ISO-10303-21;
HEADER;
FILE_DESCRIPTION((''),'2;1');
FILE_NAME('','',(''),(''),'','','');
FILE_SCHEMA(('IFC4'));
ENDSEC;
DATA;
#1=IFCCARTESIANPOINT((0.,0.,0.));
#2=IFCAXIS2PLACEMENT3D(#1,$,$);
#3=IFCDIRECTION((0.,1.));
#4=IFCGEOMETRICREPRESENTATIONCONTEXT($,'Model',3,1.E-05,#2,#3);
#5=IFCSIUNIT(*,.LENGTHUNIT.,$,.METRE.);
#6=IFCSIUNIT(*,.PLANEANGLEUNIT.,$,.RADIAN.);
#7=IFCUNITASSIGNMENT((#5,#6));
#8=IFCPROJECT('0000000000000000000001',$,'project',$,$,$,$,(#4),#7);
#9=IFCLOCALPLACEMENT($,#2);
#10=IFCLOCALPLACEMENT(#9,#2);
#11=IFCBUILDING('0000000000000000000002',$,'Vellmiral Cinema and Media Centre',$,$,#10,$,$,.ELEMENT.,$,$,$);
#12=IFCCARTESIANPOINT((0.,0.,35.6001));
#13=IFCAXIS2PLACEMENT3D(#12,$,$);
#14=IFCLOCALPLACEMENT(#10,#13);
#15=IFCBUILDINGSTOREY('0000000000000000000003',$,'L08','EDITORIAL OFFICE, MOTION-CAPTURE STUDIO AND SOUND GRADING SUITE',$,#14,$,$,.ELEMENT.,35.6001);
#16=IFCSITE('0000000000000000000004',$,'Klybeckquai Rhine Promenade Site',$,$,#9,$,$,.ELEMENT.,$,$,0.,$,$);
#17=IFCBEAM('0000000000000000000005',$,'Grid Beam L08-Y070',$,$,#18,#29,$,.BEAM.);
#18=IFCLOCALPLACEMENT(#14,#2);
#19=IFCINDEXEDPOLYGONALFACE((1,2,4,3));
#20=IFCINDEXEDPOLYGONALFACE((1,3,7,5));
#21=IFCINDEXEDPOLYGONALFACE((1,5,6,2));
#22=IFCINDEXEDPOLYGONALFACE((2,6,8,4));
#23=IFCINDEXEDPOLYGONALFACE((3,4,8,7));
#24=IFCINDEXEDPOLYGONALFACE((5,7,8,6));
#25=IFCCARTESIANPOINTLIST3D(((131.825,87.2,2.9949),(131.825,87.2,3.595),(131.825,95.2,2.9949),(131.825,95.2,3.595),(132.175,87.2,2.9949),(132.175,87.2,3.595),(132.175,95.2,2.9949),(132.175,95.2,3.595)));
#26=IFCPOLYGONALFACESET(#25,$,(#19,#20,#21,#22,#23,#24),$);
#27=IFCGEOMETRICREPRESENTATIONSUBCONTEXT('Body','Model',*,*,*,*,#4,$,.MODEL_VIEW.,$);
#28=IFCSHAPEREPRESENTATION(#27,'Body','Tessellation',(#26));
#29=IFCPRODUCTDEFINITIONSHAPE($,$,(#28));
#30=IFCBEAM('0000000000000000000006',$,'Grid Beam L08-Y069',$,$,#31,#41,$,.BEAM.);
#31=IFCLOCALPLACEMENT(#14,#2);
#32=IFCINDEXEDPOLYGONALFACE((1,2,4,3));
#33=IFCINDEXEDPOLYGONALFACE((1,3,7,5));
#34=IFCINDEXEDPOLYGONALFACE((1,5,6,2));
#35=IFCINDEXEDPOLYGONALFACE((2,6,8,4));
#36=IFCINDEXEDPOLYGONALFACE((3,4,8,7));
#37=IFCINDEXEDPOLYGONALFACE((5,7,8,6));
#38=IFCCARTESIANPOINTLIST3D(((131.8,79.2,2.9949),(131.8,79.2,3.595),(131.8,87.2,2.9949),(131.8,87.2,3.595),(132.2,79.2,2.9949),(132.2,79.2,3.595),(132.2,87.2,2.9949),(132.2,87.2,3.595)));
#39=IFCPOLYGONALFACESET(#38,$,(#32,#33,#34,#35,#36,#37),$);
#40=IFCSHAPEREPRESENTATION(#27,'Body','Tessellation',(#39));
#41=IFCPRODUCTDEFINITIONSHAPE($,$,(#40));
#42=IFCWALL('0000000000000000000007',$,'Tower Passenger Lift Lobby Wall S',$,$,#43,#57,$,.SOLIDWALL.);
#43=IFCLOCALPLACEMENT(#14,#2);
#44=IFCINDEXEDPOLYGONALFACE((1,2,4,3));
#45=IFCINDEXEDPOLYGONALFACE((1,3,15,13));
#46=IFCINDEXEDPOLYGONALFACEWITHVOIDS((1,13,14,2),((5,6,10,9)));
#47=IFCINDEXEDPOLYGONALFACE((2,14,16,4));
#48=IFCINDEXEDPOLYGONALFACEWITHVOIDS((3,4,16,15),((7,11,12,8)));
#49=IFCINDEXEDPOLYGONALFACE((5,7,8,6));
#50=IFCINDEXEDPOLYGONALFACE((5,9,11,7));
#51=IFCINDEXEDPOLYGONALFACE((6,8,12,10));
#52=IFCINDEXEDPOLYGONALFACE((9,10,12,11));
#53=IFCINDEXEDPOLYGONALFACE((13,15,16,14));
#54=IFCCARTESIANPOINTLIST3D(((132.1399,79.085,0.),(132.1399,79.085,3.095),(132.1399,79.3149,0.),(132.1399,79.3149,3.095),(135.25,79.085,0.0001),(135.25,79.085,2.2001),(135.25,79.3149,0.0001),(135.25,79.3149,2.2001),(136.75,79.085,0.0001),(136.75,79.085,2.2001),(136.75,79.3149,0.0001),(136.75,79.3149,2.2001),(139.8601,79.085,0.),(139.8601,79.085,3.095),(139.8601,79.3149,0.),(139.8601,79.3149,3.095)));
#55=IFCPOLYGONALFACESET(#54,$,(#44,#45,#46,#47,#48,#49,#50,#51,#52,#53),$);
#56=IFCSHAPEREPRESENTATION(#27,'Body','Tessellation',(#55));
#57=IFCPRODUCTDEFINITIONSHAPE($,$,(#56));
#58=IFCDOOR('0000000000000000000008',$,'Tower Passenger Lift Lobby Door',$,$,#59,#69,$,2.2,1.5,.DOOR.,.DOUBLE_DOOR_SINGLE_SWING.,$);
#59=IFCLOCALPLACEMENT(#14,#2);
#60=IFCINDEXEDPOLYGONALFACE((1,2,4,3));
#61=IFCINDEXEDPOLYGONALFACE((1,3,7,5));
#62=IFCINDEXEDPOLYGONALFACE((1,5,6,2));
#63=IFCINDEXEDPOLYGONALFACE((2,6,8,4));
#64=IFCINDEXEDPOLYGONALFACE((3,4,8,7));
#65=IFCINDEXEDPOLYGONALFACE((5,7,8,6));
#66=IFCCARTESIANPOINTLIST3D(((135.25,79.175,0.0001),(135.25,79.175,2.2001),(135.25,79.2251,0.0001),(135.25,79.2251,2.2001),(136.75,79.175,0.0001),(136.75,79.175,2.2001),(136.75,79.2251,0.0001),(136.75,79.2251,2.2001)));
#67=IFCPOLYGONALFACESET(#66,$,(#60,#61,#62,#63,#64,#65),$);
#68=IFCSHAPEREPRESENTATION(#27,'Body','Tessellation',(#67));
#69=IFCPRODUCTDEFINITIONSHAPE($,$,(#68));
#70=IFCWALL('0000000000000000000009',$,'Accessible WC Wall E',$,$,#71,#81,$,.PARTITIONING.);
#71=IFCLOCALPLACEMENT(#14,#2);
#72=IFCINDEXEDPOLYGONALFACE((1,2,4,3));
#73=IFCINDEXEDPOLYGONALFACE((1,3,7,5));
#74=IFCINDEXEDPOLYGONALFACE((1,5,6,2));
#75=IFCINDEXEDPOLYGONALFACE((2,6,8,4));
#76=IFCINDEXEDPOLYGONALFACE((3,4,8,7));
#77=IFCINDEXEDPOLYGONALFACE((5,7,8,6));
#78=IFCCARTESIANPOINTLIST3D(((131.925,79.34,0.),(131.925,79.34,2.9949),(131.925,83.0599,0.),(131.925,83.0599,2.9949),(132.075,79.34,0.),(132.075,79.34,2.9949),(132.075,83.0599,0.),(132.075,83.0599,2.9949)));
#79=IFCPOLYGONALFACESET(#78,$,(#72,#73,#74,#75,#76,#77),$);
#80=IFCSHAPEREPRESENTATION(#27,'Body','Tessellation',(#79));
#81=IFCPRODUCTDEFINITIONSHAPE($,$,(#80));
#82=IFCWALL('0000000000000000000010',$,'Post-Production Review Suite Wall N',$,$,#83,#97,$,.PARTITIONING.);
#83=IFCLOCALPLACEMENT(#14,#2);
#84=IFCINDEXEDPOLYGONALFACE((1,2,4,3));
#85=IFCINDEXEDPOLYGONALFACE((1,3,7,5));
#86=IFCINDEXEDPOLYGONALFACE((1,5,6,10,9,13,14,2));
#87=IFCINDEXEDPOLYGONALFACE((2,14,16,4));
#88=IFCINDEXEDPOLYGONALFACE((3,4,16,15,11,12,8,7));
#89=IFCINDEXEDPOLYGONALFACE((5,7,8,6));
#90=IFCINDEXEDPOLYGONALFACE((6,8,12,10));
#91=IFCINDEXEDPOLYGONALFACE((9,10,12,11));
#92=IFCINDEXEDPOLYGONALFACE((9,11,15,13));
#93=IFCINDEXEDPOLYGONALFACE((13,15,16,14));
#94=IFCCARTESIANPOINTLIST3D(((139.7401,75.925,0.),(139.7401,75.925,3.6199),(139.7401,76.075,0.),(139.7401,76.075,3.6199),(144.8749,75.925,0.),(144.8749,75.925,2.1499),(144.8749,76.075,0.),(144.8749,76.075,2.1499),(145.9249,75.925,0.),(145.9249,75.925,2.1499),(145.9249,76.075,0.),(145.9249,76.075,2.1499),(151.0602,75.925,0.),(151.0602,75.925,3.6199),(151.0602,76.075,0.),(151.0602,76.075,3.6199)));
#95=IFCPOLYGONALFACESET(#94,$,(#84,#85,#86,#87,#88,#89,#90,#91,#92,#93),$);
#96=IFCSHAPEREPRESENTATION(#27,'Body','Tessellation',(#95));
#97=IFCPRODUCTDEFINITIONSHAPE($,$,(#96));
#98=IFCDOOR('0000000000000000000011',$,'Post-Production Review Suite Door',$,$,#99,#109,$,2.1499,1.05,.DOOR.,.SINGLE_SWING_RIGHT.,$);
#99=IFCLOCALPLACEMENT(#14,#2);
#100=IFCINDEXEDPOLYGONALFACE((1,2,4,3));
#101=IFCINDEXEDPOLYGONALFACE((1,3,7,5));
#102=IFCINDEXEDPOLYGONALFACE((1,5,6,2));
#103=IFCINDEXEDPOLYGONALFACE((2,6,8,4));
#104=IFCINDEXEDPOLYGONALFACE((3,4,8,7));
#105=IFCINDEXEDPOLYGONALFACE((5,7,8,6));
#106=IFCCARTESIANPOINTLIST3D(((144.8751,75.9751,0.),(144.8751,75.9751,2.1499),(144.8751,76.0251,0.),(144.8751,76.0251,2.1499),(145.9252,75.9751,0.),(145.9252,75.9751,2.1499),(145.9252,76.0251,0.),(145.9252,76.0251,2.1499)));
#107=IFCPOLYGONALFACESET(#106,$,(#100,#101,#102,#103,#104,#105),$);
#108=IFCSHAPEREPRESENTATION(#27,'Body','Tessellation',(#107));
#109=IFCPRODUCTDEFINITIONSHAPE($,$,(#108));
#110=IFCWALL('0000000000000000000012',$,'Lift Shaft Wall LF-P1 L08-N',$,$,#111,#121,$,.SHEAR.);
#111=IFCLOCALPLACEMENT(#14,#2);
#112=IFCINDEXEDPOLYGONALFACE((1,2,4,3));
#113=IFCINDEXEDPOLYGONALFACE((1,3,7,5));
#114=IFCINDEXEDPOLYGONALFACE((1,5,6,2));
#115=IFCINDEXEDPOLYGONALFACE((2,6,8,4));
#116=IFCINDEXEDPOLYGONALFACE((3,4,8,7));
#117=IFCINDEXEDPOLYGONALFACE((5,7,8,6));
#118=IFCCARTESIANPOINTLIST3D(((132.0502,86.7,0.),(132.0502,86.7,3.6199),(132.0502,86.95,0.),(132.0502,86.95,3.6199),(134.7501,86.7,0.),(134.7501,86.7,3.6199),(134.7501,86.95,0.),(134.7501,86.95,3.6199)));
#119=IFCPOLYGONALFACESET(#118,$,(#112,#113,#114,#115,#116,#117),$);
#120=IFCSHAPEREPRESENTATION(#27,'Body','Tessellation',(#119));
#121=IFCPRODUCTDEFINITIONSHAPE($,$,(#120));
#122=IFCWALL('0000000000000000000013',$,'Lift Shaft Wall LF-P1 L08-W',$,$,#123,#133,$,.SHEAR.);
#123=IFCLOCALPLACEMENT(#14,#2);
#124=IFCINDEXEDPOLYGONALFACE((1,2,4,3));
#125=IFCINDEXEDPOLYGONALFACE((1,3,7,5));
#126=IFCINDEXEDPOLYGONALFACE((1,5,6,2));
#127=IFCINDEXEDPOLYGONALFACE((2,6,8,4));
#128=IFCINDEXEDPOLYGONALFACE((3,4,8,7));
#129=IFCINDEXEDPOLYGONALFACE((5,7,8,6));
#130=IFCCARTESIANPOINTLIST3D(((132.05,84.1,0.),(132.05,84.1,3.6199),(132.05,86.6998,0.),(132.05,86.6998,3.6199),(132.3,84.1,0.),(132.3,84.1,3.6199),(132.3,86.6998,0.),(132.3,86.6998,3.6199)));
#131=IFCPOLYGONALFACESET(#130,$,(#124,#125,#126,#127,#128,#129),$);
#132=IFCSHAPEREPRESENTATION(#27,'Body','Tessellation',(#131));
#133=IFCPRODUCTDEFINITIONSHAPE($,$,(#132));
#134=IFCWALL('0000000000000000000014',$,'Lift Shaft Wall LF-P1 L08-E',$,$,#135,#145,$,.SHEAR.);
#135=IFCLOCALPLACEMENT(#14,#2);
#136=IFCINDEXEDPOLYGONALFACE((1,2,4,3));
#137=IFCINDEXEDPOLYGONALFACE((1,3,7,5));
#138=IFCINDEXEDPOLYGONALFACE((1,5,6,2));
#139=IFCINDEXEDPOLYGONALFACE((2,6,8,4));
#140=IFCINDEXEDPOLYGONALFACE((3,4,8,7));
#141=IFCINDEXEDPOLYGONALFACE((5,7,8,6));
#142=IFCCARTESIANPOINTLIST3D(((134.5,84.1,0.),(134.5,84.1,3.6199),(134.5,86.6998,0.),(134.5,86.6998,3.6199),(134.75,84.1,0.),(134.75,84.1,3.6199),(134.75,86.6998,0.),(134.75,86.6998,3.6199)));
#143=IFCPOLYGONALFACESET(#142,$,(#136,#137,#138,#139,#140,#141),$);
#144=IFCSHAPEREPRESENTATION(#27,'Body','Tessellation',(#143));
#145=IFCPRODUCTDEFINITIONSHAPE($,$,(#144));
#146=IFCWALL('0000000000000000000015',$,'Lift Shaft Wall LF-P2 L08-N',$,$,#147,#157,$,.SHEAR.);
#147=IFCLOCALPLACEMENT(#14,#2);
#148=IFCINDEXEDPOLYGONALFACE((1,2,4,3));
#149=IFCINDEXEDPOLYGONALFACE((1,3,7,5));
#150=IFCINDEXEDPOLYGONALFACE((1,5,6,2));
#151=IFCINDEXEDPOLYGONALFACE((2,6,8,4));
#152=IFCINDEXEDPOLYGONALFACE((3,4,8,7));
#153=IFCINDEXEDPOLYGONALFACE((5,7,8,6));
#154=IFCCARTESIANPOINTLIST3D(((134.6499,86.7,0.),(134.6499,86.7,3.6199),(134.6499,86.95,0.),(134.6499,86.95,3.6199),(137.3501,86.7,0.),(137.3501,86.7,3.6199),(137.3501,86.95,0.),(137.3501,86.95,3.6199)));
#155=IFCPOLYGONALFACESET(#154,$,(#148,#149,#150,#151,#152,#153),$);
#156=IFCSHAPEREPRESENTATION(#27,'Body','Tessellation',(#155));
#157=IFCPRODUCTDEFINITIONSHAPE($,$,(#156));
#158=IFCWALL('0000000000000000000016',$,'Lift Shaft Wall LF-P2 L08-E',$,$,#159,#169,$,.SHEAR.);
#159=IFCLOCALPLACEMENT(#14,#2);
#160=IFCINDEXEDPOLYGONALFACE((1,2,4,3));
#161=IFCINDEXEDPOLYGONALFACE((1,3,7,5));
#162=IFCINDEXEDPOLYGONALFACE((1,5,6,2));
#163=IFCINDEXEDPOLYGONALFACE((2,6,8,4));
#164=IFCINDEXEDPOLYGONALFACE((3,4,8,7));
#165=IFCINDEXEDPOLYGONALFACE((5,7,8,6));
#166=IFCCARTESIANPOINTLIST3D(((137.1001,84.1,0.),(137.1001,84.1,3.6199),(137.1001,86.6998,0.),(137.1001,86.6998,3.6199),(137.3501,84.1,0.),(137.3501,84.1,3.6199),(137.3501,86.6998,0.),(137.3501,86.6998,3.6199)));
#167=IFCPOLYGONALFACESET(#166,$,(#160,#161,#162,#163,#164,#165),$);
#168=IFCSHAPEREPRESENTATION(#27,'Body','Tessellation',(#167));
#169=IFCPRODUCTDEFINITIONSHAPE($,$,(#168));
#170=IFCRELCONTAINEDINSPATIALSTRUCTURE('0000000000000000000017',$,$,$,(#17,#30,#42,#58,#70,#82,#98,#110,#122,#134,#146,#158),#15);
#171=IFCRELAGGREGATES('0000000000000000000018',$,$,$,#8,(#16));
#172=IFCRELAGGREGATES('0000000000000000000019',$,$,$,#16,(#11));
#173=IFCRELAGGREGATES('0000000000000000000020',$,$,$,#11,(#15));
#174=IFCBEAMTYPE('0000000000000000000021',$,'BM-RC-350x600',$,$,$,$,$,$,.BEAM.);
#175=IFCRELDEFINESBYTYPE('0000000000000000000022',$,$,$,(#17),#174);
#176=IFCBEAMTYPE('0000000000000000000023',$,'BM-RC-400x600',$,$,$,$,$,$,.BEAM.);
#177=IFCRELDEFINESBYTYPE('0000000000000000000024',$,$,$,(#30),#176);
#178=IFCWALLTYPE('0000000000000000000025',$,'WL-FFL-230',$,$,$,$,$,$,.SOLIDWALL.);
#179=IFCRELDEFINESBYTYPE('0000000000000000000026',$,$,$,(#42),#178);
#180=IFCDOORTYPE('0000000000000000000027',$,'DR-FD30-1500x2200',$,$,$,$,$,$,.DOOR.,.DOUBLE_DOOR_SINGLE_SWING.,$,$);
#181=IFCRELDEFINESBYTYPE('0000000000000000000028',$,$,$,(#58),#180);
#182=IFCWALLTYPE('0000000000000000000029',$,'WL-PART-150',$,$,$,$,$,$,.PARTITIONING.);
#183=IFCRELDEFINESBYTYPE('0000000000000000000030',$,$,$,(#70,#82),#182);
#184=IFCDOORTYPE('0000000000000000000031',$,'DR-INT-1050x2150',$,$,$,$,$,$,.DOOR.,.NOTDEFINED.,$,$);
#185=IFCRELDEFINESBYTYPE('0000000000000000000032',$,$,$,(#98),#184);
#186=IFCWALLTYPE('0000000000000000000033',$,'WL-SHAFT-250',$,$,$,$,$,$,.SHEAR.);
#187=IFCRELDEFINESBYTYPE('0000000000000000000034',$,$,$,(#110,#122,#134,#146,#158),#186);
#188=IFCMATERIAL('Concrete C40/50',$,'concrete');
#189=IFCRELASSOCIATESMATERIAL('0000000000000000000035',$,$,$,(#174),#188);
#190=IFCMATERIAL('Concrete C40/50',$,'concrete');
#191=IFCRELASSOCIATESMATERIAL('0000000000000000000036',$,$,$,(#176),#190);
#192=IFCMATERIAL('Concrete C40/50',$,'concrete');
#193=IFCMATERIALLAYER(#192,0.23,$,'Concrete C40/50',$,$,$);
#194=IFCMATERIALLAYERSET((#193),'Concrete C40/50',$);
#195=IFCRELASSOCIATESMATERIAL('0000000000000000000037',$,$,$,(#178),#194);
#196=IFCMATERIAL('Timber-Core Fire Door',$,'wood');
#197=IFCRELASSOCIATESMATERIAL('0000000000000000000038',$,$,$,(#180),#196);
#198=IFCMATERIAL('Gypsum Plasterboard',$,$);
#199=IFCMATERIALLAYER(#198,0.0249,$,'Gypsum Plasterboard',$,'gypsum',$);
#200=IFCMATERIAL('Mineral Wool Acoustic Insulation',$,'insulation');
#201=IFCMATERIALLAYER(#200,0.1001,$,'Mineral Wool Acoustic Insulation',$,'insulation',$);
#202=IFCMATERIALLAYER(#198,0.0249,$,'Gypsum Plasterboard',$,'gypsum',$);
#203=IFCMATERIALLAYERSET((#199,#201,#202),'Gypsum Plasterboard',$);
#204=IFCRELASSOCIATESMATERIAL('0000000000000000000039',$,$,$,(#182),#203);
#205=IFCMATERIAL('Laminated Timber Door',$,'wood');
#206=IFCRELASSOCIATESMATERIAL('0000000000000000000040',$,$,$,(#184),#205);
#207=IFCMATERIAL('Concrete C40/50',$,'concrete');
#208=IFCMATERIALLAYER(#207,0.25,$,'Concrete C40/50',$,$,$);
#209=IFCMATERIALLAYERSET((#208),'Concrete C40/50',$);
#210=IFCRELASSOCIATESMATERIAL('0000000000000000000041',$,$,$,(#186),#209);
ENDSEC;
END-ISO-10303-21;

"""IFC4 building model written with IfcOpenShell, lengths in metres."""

from ifc_helpers import new_model, si_unit, direction, frame, frame_2d, origin, origin_2d, place, context, subcontext, project, spatial, rectangle, extrude, material, layer, layer_set, material_profile, profile_set, type_object, element, fill, save


model = new_model("IFC4")

# Units and contexts
model_context = context("Model", 3, precision=1e-05, world=origin(), true_north=direction((0.0, 1.0)))
body_context = subcontext(model_context, "Body", "Model", "MODEL_VIEW")
ifc_project = project(units=[si_unit("LENGTHUNIT", "METRE"), si_unit("PLANEANGLEUNIT", "RADIAN")], contexts=[model_context])

# Site, building, storey
site_placement = place(None, origin())
site = spatial("IfcSite", under=ifc_project, at=site_placement, Name="Klybeckquai Rhine Promenade Site", CompositionType="ELEMENT", RefElevation=0.0)
building_placement = place(site_placement, origin())
building = spatial("IfcBuilding", under=site, at=building_placement, Name="Vellmiral Cinema and Media Centre", CompositionType="ELEMENT")
storey_placement = place(building_placement, frame((0.0, 0.0, 35.6001)))
storey = spatial("IfcBuildingStorey", under=building, at=storey_placement, Name="L08", Description="EDITORIAL OFFICE, MOTION-CAPTURE STUDIO AND SOUND GRADING SUITE", CompositionType="ELEMENT", Elevation=35.6001)

# Beams
ifc_material_1 = material(Name="Concrete C40/50", Category="concrete")
ifc_material_profile_1 = material_profile(ifc_material_1, rectangle(XDim=0.3501, YDim=0.6001, at=origin_2d()), Name="RC 350x600")
ifc_profile_set_1 = profile_set([ifc_material_profile_1], Name="Concrete C40/50")
beam_type_1 = type_object("IfcBeamType", Name="BM-RC-350x600", PredefinedType="BEAM", material=ifc_profile_set_1)
beam_1_placement = place(storey_placement, frame((132.0, 87.2, 3.2949), z_axis=(0.0, 1.0, 0.0), x_axis=(-1.0, 0.0, 0.0)))
element("IfcBeam", 1, at=beam_1_placement, inside=storey, type_object=beam_type_1, Name="Grid Beam L08-Y070", PredefinedType="BEAM", context=body_context, shape_type="SweptSolid", body=[
    extrude(rectangle(XDim=0.3501, YDim=0.6001, at=origin_2d()), origin(), (0.0, 0.0, 1.0), 8.0),
])
ifc_material_2 = material(Name="Concrete C40/50", Category="concrete")
ifc_material_profile_2 = material_profile(ifc_material_2, rectangle(XDim=0.3999, YDim=0.6001, at=origin_2d()), Name="RC 400x600")
ifc_profile_set_2 = profile_set([ifc_material_profile_2], Name="Concrete C40/50")
beam_type_2 = type_object("IfcBeamType", Name="BM-RC-400x600", PredefinedType="BEAM", material=ifc_profile_set_2)
beam_2_placement = place(storey_placement, frame((132.0, 79.2, 3.2949), z_axis=(0.0, 1.0, 0.0), x_axis=(-1.0, 0.0, 0.0)))
element("IfcBeam", 2, at=beam_2_placement, inside=storey, type_object=beam_type_2, Name="Grid Beam L08-Y069", PredefinedType="BEAM", context=body_context, shape_type="SweptSolid", body=[
    extrude(rectangle(XDim=0.3999, YDim=0.6001, at=origin_2d()), origin(), (0.0, 0.0, 1.0), 8.0),
])

# Wall, opening, door
ifc_material_3 = material(Name="Concrete C40/50", Category="concrete")
ifc_layer_1 = layer(ifc_material_3, 0.23, Name="Concrete C40/50")
ifc_layer_set_1 = layer_set([ifc_layer_1], Name="Concrete C40/50")
wall_type_1 = type_object("IfcWallType", Name="WL-FFL-230", PredefinedType="SOLIDWALL", material=ifc_layer_set_1)
wall_1_placement = place(storey_placement, frame((132.1399, 79.2, 0.0), z_axis=(0.0, 0.0, 1.0), x_axis=(1.0, 0.0, 0.0)))
wall_1 = element("IfcWall", 3, at=wall_1_placement, inside=storey, type_object=wall_type_1, Name="Tower Passenger Lift Lobby Wall S", PredefinedType="SOLIDWALL", context=body_context, shape_type="SweptSolid", body=[
    extrude(rectangle(XDim=7.7202, YDim=0.23, at=frame_2d((3.8601, 0.0))), origin(), (0.0, 0.0, 1.0), 3.095),
])
opening_1_placement = place(wall_1_placement, frame((3.1101, 0.0, 0.0)))
opening_1 = element("IfcOpeningElement", 4, at=opening_1_placement, cuts=wall_1, PredefinedType="OPENING", context=body_context, shape_type="SweptSolid", body=[
    extrude(rectangle(XDim=1.5, YDim=2.2, at=frame_2d((0.75, 1.1001))), frame((0.0, 0.127, 0.0), z_axis=(0.0, -1.0, 0.0), x_axis=(1.0, 0.0, 0.0)), (0.0, 0.0, 1.0), 0.2539),
])
ifc_material_4 = material(Name="Timber-Core Fire Door", Category="wood")
door_type_1 = type_object("IfcDoorType", Name="DR-FD30-1500x2200", OperationType="DOUBLE_DOOR_SINGLE_SWING", PredefinedType="DOOR", material=ifc_material_4)
door_1_placement = place(opening_1_placement, frame((1.5, 0.0, 0.0), z_axis=(0.0, 0.0, 1.0), x_axis=(-1.0, 0.0, 0.0)))
door_1 = element("IfcDoor", 5, at=door_1_placement, inside=storey, type_object=door_type_1, Name="Tower Passenger Lift Lobby Door", OperationType="DOUBLE_DOOR_SINGLE_SWING", OverallHeight=2.2, OverallWidth=1.5, PredefinedType="DOOR", context=body_context, shape_type="SweptSolid", body=[
    extrude(rectangle(XDim=1.5, YDim=2.2, at=frame_2d((0.75, 1.1001))), frame((0.0, 0.0249, 0.0), z_axis=(0.0, -1.0, 0.0), x_axis=(1.0, 0.0, 0.0)), (0.0, 0.0, 1.0), 0.05),
])
fill(opening_1, door_1)

# Wall
ifc_material_5 = material(Name="Gypsum Plasterboard")
ifc_layer_2 = layer(ifc_material_5, 0.0249, Name="Gypsum Plasterboard", Category="gypsum")
ifc_material_6 = material(Name="Mineral Wool Acoustic Insulation", Category="insulation")
ifc_layer_3 = layer(ifc_material_6, 0.1001, Name="Mineral Wool Acoustic Insulation", Category="insulation")
ifc_layer_4 = layer(ifc_material_5, 0.0249, Name="Gypsum Plasterboard", Category="gypsum")
ifc_layer_set_2 = layer_set([ifc_layer_2, ifc_layer_3, ifc_layer_4], Name="Gypsum Plasterboard")
wall_type_2 = type_object("IfcWallType", Name="WL-PART-150", PredefinedType="PARTITIONING", material=ifc_layer_set_2)
wall_2_placement = place(storey_placement, frame((132.0, 79.3401, 0.0), z_axis=(0.0, 0.0, 1.0), x_axis=(0.0, 1.0, 0.0)))
element("IfcWall", 6, at=wall_2_placement, inside=storey, type_object=wall_type_2, Name="Accessible WC Wall E", PredefinedType="PARTITIONING", context=body_context, shape_type="SweptSolid", body=[
    extrude(rectangle(XDim=3.72, YDim=0.1499, at=frame_2d((1.8599, 0.0))), origin(), (0.0, 0.0, 1.0), 2.9949),
])

# Wall, opening, door
wall_3_placement = place(storey_placement, frame((139.74, 76.0, 0.0), z_axis=(0.0, 0.0, 1.0), x_axis=(1.0, 0.0, 0.0)))
wall_3 = element("IfcWall", 7, at=wall_3_placement, inside=storey, type_object=wall_type_2, Name="Post-Production Review Suite Wall N", PredefinedType="PARTITIONING", context=body_context, shape_type="SweptSolid", body=[
    extrude(rectangle(XDim=11.3201, YDim=0.1499, at=frame_2d((5.6602, 0.0))), origin(), (0.0, 0.0, 1.0), 3.6199),
])
opening_2_placement = place(wall_3_placement, frame((5.135, 0.0, 0.0)))
opening_2 = element("IfcOpeningElement", 8, at=opening_2_placement, cuts=wall_3, PredefinedType="OPENING", context=body_context, shape_type="SweptSolid", body=[
    extrude(rectangle(XDim=1.05, YDim=2.1499, at=frame_2d((0.5249, 1.075))), frame((0.0, 0.0869, 0.0), z_axis=(0.0, -1.0, 0.0), x_axis=(1.0, 0.0, 0.0)), (0.0, 0.0, 1.0), 0.1738),
])
ifc_material_7 = material(Name="Laminated Timber Door", Category="wood")
door_type_2 = type_object("IfcDoorType", Name="DR-INT-1050x2150", OperationType="NOTDEFINED", PredefinedType="DOOR", material=ifc_material_7)
door_2_placement = place(opening_2_placement, frame((1.05, 0.0, 0.0), z_axis=(0.0, 0.0, 1.0), x_axis=(-1.0, 0.0, 0.0)))
door_2 = element("IfcDoor", 9, at=door_2_placement, inside=storey, type_object=door_type_2, Name="Post-Production Review Suite Door", OperationType="SINGLE_SWING_RIGHT", OverallHeight=2.1499, OverallWidth=1.05, PredefinedType="DOOR", context=body_context, shape_type="SweptSolid", body=[
    extrude(rectangle(XDim=1.05, YDim=2.1499, at=frame_2d((0.5249, 1.075))), frame((0.0, 0.0249, 0.0), z_axis=(0.0, -1.0, 0.0), x_axis=(1.0, 0.0, 0.0)), (0.0, 0.0, 1.0), 0.05),
])
fill(opening_2, door_2)
ifc_material_8 = material(Name="Concrete C40/50", Category="concrete")
ifc_layer_5 = layer(ifc_material_8, 0.25, Name="Concrete C40/50")
ifc_layer_set_3 = layer_set([ifc_layer_5], Name="Concrete C40/50")
wall_type_3 = type_object("IfcWallType", Name="WL-SHAFT-250", PredefinedType="SHEAR", material=ifc_layer_set_3)

# Walls
wall_4_placement = place(storey_placement, frame((132.05, 86.825, 0.0), z_axis=(0.0, 0.0, 1.0), x_axis=(1.0, 0.0, 0.0)))
element("IfcWall", 10, at=wall_4_placement, inside=storey, type_object=wall_type_3, Name="Lift Shaft Wall LF-P1 L08-N", PredefinedType="SHEAR", context=body_context, shape_type="SweptSolid", body=[
    extrude(rectangle(XDim=2.7, YDim=0.25, at=frame_2d((1.3501, 0.0))), origin(), (0.0, 0.0, 1.0), 3.6199),
])
for number, where, z_axis, x_axis, name in (
    (11, (132.175, 84.1001, 0.0), (0.0, 0.0, 1.0), (0.0, 1.0, 0.0), "Lift Shaft Wall LF-P1 L08-W"),
    (12, (134.625, 84.1001, 0.0), (0.0, 0.0, 1.0), (0.0, 1.0, 0.0), "Lift Shaft Wall LF-P1 L08-E"),
):
    element("IfcWall", number, at=place(storey_placement, frame(where, z_axis=z_axis, x_axis=x_axis)), inside=storey, type_object=wall_type_3, Name=name, PredefinedType="SHEAR", context=body_context, shape_type="SweptSolid", body=[
        extrude(rectangle(XDim=2.5999, YDim=0.25, at=frame_2d((1.2998, 0.0))), origin(), (0.0, 0.0, 1.0), 3.6199),
    ])

# Walls
wall_5_placement = place(storey_placement, frame((134.6499, 86.825, 0.0), z_axis=(0.0, 0.0, 1.0), x_axis=(1.0, 0.0, 0.0)))
element("IfcWall", 13, at=wall_5_placement, inside=storey, type_object=wall_type_3, Name="Lift Shaft Wall LF-P2 L08-N", PredefinedType="SHEAR", context=body_context, shape_type="SweptSolid", body=[
    extrude(rectangle(XDim=2.7002, YDim=0.25, at=frame_2d((1.3501, 0.0))), origin(), (0.0, 0.0, 1.0), 3.6199),
])
wall_6_placement = place(storey_placement, frame((137.2251, 84.1001, 0.0), z_axis=(0.0, 0.0, 1.0), x_axis=(0.0, 1.0, 0.0)))
element("IfcWall", 14, at=wall_6_placement, inside=storey, type_object=wall_type_3, Name="Lift Shaft Wall LF-P2 L08-E", PredefinedType="SHEAR", context=body_context, shape_type="SweptSolid", body=[
    extrude(rectangle(XDim=2.5999, YDim=0.25, at=frame_2d((1.2998, 0.0))), origin(), (0.0, 0.0, 1.0), 3.6199),
])

save(model, "model.ifc")
